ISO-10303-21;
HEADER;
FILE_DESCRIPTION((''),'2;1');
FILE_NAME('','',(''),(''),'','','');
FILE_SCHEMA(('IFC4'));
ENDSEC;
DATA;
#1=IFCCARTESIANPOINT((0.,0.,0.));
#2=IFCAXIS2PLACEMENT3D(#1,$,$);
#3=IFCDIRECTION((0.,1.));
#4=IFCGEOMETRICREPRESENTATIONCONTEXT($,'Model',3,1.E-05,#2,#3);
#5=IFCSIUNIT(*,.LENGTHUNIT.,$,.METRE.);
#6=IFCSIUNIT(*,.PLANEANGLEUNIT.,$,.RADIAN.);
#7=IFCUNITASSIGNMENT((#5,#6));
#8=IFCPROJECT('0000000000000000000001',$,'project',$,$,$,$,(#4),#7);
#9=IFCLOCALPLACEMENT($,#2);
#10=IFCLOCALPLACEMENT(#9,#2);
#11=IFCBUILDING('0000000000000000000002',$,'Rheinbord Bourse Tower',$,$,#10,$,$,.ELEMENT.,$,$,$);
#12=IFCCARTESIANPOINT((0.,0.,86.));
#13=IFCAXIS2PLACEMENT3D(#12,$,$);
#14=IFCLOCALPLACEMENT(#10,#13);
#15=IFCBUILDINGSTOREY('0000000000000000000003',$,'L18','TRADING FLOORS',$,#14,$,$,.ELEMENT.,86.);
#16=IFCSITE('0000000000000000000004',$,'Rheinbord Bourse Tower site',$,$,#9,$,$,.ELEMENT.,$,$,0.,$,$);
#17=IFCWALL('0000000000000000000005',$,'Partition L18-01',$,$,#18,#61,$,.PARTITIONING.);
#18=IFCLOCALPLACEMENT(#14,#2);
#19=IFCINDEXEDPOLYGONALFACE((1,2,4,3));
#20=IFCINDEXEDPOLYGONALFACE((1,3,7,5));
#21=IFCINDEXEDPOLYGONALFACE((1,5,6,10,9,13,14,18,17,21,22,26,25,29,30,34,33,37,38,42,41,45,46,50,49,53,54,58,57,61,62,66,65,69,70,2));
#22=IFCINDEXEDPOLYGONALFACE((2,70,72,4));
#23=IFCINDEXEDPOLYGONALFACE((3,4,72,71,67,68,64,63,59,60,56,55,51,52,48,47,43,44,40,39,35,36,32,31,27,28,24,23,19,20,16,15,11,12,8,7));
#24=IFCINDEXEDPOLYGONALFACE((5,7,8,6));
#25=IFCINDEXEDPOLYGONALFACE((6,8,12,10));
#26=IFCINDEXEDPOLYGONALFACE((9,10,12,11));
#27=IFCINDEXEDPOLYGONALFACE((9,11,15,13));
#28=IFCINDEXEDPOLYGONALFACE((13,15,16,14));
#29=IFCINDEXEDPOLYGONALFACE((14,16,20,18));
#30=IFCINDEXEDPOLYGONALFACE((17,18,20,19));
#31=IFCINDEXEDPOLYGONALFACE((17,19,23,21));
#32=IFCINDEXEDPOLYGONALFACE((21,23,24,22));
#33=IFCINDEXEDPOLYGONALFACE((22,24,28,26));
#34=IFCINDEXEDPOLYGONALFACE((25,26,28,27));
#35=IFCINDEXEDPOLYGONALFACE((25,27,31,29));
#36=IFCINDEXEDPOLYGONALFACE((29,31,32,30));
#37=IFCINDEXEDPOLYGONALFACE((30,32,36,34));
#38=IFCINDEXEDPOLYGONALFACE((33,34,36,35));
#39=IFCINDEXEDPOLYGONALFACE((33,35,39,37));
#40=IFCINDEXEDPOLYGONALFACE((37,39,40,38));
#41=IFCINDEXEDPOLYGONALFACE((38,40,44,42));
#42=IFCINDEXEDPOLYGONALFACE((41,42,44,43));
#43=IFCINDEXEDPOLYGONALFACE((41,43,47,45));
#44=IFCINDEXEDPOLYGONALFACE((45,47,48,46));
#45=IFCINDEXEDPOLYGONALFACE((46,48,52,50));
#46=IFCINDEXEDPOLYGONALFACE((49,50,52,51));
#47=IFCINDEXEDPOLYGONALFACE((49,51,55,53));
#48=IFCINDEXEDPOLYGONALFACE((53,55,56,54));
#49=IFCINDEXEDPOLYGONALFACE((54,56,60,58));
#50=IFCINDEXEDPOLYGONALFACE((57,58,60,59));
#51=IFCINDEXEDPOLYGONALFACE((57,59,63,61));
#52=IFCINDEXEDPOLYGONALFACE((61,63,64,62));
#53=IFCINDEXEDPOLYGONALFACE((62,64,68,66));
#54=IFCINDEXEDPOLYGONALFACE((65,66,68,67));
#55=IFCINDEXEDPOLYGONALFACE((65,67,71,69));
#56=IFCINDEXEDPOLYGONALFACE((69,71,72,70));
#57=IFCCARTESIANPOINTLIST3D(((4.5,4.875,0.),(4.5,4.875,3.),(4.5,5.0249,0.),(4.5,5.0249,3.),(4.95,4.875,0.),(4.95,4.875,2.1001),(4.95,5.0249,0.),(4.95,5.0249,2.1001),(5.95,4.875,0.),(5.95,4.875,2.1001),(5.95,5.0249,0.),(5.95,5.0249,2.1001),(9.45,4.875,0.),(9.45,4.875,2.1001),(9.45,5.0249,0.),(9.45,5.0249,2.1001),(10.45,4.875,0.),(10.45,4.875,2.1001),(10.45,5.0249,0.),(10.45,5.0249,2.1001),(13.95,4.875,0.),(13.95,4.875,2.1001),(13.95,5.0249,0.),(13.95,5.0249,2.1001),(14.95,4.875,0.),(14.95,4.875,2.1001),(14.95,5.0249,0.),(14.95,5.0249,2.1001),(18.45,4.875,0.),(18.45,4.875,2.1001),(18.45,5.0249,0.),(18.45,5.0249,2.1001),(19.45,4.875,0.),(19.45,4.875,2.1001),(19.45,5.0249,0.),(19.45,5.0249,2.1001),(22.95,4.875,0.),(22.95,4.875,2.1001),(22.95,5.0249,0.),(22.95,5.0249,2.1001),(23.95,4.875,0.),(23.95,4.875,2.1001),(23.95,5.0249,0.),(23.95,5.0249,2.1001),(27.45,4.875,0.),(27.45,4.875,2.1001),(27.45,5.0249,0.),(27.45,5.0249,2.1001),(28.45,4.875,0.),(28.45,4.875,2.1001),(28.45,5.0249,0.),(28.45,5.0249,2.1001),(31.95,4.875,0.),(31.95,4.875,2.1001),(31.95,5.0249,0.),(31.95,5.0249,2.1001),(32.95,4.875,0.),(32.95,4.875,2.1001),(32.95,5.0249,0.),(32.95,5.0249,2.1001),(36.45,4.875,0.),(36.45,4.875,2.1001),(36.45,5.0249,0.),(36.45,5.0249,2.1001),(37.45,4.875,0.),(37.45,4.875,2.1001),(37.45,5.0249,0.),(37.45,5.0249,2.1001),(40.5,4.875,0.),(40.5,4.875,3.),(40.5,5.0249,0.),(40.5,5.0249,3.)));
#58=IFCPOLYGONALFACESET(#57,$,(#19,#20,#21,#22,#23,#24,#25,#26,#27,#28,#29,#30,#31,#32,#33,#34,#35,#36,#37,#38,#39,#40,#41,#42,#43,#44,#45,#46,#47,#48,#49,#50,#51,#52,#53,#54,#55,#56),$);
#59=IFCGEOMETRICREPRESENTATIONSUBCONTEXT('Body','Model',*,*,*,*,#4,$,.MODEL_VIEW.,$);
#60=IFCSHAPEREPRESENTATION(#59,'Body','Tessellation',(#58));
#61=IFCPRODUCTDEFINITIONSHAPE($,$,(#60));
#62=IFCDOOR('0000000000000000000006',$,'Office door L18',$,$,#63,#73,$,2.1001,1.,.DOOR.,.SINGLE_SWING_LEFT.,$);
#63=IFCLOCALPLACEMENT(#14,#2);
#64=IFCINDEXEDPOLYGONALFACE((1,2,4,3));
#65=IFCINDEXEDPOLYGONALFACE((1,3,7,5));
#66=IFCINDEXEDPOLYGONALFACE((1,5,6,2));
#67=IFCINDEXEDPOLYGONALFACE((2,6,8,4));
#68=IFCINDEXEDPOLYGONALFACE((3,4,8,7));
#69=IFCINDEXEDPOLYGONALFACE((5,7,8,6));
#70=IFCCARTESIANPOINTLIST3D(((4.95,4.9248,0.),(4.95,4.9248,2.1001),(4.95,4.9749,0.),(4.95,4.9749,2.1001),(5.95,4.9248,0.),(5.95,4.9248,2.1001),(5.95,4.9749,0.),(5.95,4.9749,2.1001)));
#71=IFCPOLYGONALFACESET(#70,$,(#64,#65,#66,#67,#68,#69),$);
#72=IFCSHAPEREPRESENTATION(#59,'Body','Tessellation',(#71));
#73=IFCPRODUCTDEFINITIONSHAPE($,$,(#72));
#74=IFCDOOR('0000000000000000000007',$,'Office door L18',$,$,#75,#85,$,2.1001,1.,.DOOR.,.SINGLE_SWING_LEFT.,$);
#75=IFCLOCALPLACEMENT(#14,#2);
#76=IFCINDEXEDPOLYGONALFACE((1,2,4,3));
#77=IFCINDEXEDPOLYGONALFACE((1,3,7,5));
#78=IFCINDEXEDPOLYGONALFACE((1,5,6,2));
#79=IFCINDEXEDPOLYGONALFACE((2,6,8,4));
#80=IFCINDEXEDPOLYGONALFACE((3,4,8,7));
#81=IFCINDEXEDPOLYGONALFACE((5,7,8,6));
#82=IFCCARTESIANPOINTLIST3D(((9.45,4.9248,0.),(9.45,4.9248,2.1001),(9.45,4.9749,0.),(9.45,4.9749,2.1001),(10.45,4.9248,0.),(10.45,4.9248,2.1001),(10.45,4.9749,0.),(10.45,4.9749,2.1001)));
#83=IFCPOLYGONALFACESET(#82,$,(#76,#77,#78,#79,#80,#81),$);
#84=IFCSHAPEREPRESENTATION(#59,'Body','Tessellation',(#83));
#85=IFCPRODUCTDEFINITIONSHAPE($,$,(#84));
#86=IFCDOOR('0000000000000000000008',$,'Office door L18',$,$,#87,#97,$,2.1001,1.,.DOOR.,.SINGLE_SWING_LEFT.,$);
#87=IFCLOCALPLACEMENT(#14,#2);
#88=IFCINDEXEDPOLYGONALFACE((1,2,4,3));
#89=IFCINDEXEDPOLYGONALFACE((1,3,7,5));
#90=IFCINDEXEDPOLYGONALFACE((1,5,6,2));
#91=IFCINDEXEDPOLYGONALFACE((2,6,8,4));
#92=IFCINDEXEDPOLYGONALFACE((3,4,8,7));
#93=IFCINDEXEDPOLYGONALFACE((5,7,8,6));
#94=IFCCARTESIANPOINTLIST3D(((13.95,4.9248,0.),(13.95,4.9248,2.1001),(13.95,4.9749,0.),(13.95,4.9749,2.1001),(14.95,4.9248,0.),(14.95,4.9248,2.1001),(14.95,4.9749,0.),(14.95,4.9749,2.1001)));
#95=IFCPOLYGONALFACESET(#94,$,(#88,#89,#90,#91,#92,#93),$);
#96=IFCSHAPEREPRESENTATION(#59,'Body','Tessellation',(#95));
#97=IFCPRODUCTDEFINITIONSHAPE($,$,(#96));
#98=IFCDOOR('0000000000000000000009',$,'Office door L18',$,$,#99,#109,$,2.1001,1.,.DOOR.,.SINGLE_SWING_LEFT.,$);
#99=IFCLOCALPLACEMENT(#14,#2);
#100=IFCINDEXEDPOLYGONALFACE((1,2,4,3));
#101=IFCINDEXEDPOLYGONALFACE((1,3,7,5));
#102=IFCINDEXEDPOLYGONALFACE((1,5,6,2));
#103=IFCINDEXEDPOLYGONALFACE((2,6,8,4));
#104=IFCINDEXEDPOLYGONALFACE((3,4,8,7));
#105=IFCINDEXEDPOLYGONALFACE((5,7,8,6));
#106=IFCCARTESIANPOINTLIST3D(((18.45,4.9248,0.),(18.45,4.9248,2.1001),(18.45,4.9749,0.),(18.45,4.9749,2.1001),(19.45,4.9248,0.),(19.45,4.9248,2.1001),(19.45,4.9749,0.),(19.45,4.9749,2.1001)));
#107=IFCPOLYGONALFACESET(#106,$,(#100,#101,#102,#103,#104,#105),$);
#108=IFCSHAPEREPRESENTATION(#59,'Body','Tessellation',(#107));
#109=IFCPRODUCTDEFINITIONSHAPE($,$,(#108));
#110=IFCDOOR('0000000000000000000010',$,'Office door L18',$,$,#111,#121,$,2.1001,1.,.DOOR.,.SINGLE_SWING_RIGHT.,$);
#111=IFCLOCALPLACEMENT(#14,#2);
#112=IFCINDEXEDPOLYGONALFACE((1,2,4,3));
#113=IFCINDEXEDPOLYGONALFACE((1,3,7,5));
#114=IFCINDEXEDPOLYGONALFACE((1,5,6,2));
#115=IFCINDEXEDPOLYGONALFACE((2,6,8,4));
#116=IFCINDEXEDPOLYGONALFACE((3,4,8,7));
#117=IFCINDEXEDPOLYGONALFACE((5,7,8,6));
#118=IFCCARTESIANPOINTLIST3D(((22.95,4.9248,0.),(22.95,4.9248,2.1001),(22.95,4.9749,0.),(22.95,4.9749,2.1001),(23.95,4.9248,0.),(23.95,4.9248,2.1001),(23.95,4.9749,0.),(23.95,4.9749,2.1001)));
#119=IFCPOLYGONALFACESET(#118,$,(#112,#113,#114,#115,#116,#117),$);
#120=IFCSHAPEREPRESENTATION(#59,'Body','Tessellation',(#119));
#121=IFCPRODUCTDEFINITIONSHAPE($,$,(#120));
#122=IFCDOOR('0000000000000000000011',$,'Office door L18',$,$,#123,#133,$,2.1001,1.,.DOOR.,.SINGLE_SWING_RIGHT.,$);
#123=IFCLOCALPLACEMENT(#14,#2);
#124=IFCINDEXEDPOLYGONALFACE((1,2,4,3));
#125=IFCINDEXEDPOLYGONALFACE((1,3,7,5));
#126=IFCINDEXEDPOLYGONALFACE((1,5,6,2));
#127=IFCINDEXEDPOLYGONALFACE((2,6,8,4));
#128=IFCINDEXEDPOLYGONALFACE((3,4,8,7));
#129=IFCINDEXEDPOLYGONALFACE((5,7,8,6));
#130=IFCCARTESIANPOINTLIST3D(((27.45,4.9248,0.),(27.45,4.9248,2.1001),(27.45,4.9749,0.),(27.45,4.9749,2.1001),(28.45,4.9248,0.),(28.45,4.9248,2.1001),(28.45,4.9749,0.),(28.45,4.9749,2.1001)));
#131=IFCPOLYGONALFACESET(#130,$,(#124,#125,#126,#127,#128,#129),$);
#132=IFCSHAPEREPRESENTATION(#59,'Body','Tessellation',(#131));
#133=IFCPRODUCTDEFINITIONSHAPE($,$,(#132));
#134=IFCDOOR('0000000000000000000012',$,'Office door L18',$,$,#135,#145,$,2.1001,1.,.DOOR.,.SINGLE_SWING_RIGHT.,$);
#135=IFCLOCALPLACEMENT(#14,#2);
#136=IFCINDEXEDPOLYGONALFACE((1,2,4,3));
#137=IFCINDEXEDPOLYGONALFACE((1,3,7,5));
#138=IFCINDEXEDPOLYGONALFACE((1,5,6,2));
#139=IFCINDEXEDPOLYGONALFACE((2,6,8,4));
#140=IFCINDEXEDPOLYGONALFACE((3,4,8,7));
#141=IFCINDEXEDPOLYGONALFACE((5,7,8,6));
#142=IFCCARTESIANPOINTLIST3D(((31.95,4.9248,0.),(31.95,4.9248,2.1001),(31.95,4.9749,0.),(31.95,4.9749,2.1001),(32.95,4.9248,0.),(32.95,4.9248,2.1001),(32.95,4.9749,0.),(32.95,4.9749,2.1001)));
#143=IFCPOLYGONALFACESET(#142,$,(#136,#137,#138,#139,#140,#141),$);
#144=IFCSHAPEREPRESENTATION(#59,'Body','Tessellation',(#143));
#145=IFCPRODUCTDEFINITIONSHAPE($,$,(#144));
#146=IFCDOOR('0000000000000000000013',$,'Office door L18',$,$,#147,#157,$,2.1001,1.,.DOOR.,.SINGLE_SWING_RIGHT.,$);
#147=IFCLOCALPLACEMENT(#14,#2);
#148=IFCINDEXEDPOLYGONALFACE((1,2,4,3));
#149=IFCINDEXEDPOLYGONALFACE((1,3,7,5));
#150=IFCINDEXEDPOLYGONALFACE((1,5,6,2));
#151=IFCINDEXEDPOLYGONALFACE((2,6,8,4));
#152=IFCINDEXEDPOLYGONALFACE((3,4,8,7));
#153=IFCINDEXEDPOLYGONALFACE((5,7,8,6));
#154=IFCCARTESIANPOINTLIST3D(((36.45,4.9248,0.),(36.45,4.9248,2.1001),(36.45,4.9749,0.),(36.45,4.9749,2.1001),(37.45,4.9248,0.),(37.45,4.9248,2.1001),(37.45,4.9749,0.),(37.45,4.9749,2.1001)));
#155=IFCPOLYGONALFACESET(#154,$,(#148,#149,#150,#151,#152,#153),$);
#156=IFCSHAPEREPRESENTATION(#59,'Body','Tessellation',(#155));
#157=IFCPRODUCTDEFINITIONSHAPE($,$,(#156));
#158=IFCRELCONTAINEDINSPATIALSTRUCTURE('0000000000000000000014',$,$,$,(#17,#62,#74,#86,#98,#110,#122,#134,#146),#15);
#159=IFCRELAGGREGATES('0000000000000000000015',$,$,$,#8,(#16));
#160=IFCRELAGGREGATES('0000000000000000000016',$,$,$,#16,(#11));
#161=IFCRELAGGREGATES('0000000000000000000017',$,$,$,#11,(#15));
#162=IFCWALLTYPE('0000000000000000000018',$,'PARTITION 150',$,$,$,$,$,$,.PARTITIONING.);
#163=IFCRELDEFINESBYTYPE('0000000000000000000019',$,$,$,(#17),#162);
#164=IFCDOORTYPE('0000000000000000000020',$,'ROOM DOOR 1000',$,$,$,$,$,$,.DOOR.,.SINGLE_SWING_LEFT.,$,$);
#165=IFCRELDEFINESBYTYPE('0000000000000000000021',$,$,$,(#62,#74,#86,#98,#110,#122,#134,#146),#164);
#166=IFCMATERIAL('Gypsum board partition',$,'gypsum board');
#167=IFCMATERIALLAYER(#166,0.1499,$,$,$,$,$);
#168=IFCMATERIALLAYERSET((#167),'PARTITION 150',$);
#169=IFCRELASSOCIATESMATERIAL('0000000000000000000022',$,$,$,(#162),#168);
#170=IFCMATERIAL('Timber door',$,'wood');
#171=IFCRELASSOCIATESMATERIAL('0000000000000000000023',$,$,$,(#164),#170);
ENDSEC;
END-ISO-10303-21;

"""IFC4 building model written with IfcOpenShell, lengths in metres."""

from ifc_helpers import new_model, si_unit, direction, frame, frame_2d, origin, place, context, subcontext, project, spatial, rectangle, extrude, material, layer, layer_set, type_object, element, fill, save


model = new_model("IFC4")

# Units and contexts
model_context = context("Model", 3, precision=1e-05, world=origin(), true_north=direction((0.0, 1.0)))
body_context = subcontext(model_context, "Body", "Model", "MODEL_VIEW")
ifc_project = project(units=[si_unit("LENGTHUNIT", "METRE"), si_unit("PLANEANGLEUNIT", "RADIAN")], contexts=[model_context])

# Site, building, storey
site_placement = place(None, origin())
site = spatial("IfcSite", under=ifc_project, at=site_placement, Name="Rheinbord Bourse Tower site", CompositionType="ELEMENT", RefElevation=0.0)
building_placement = place(site_placement, origin())
building = spatial("IfcBuilding", under=site, at=building_placement, Name="Rheinbord Bourse Tower", CompositionType="ELEMENT")
storey_placement = place(building_placement, frame((0.0, 0.0, 86.0)))
storey = spatial("IfcBuildingStorey", under=building, at=storey_placement, Name="L18", Description="TRADING FLOORS", CompositionType="ELEMENT", Elevation=86.0)

# Wall, openings, doors
ifc_material_1 = material(Name="Gypsum board partition", Category="gypsum board")
ifc_layer_1 = layer(ifc_material_1, 0.1499)
ifc_layer_set_1 = layer_set([ifc_layer_1], Name="PARTITION 150")
wall_type = type_object("IfcWallType", Name="PARTITION 150", PredefinedType="PARTITIONING", material=ifc_layer_set_1)
wall_placement = place(storey_placement, frame((4.5, 4.95, 0.0), z_axis=(0.0, 0.0, 1.0), x_axis=(1.0, 0.0, 0.0)))
wall = element("IfcWall", 1, at=wall_placement, inside=storey, type_object=wall_type, Name="Partition L18-01", PredefinedType="PARTITIONING", context=body_context, shape_type="SweptSolid", body=[
    extrude(rectangle(XDim=36.0, YDim=0.1499, at=frame_2d((18.0, 0.0))), origin(), (0.0, 0.0, 1.0), 3.0),
])
opening_1_placement = place(wall_placement, frame((0.45, 0.0, 0.0)))
opening_1 = element("IfcOpeningElement", 2, at=opening_1_placement, cuts=wall, PredefinedType="OPENING", context=body_context, shape_type="SweptSolid", body=[
    extrude(rectangle(XDim=1.0, YDim=2.1001, at=frame_2d((0.5, 1.05))), frame((0.0, 0.085, 0.0), z_axis=(0.0, -1.0, 0.0), x_axis=(1.0, 0.0, 0.0)), (0.0, 0.0, 1.0), 0.1699),
])
opening_2_placement = place(wall_placement, frame((4.95, 0.0, 0.0)))
opening_2 = element("IfcOpeningElement", 3, at=opening_2_placement, cuts=wall, PredefinedType="OPENING", context=body_context, shape_type="SweptSolid", body=[
    extrude(rectangle(XDim=1.0, YDim=2.1001, at=frame_2d((0.5, 1.05))), frame((0.0, 0.085, 0.0), z_axis=(0.0, -1.0, 0.0), x_axis=(1.0, 0.0, 0.0)), (0.0, 0.0, 1.0), 0.1699),
])
opening_3_placement = place(wall_placement, frame((9.45, 0.0, 0.0)))
opening_3 = element("IfcOpeningElement", 4, at=opening_3_placement, cuts=wall, PredefinedType="OPENING", context=body_context, shape_type="SweptSolid", body=[
    extrude(rectangle(XDim=1.0, YDim=2.1001, at=frame_2d((0.5, 1.05))), frame((0.0, 0.085, 0.0), z_axis=(0.0, -1.0, 0.0), x_axis=(1.0, 0.0, 0.0)), (0.0, 0.0, 1.0), 0.1699),
])
opening_4_placement = place(wall_placement, frame((13.95, 0.0, 0.0)))
opening_4 = element("IfcOpeningElement", 5, at=opening_4_placement, cuts=wall, PredefinedType="OPENING", context=body_context, shape_type="SweptSolid", body=[
    extrude(rectangle(XDim=1.0, YDim=2.1001, at=frame_2d((0.5, 1.05))), frame((0.0, 0.085, 0.0), z_axis=(0.0, -1.0, 0.0), x_axis=(1.0, 0.0, 0.0)), (0.0, 0.0, 1.0), 0.1699),
])
opening_5_placement = place(wall_placement, frame((18.45, 0.0, 0.0)))
opening_5 = element("IfcOpeningElement", 6, at=opening_5_placement, cuts=wall, PredefinedType="OPENING", context=body_context, shape_type="SweptSolid", body=[
    extrude(rectangle(XDim=1.0, YDim=2.1001, at=frame_2d((0.5, 1.05))), frame((0.0, 0.085, 0.0), z_axis=(0.0, -1.0, 0.0), x_axis=(1.0, 0.0, 0.0)), (0.0, 0.0, 1.0), 0.1699),
])
opening_6_placement = place(wall_placement, frame((22.95, 0.0, 0.0)))
opening_6 = element("IfcOpeningElement", 7, at=opening_6_placement, cuts=wall, PredefinedType="OPENING", context=body_context, shape_type="SweptSolid", body=[
    extrude(rectangle(XDim=1.0, YDim=2.1001, at=frame_2d((0.5, 1.05))), frame((0.0, 0.085, 0.0), z_axis=(0.0, -1.0, 0.0), x_axis=(1.0, 0.0, 0.0)), (0.0, 0.0, 1.0), 0.1699),
])
opening_7_placement = place(wall_placement, frame((27.45, 0.0, 0.0)))
opening_7 = element("IfcOpeningElement", 8, at=opening_7_placement, cuts=wall, PredefinedType="OPENING", context=body_context, shape_type="SweptSolid", body=[
    extrude(rectangle(XDim=1.0, YDim=2.1001, at=frame_2d((0.5, 1.05))), frame((0.0, 0.085, 0.0), z_axis=(0.0, -1.0, 0.0), x_axis=(1.0, 0.0, 0.0)), (0.0, 0.0, 1.0), 0.1699),
])
opening_8_placement = place(wall_placement, frame((31.95, 0.0, 0.0)))
opening_8 = element("IfcOpeningElement", 9, at=opening_8_placement, cuts=wall, PredefinedType="OPENING", context=body_context, shape_type="SweptSolid", body=[
    extrude(rectangle(XDim=1.0, YDim=2.1001, at=frame_2d((0.5, 1.05))), frame((0.0, 0.085, 0.0), z_axis=(0.0, -1.0, 0.0), x_axis=(1.0, 0.0, 0.0)), (0.0, 0.0, 1.0), 0.1699),
])
ifc_material_2 = material(Name="Timber door", Category="wood")
door_type = type_object("IfcDoorType", Name="ROOM DOOR 1000", OperationType="SINGLE_SWING_LEFT", PredefinedType="DOOR", material=ifc_material_2)
door_1_placement = place(opening_1_placement, origin())
door_1 = element("IfcDoor", 10, at=door_1_placement, inside=storey, type_object=door_type, Name="Office door L18", OperationType="SINGLE_SWING_LEFT", OverallHeight=2.1001, OverallWidth=1.0, PredefinedType="DOOR", context=body_context, shape_type="SweptSolid", body=[
    extrude(rectangle(XDim=1.0, YDim=2.1001, at=frame_2d((0.5, 1.05))), frame((0.0, 0.0249, 0.0), z_axis=(0.0, -1.0, 0.0), x_axis=(1.0, 0.0, 0.0)), (0.0, 0.0, 1.0), 0.05),
])
fill(opening_1, door_1)
door_2_placement = place(opening_2_placement, origin())
door_2 = element("IfcDoor", 11, at=door_2_placement, inside=storey, type_object=door_type, Name="Office door L18", OperationType="SINGLE_SWING_LEFT", OverallHeight=2.1001, OverallWidth=1.0, PredefinedType="DOOR", context=body_context, shape_type="SweptSolid", body=[
    extrude(rectangle(XDim=1.0, YDim=2.1001, at=frame_2d((0.5, 1.05))), frame((0.0, 0.0249, 0.0), z_axis=(0.0, -1.0, 0.0), x_axis=(1.0, 0.0, 0.0)), (0.0, 0.0, 1.0), 0.05),
])
fill(opening_2, door_2)
door_3_placement = place(opening_3_placement, origin())
door_3 = element("IfcDoor", 12, at=door_3_placement, inside=storey, type_object=door_type, Name="Office door L18", OperationType="SINGLE_SWING_LEFT", OverallHeight=2.1001, OverallWidth=1.0, PredefinedType="DOOR", context=body_context, shape_type="SweptSolid", body=[
    extrude(rectangle(XDim=1.0, YDim=2.1001, at=frame_2d((0.5, 1.05))), frame((0.0, 0.0249, 0.0), z_axis=(0.0, -1.0, 0.0), x_axis=(1.0, 0.0, 0.0)), (0.0, 0.0, 1.0), 0.05),
])
fill(opening_3, door_3)
door_4_placement = place(opening_4_placement, origin())
door_4 = element("IfcDoor", 13, at=door_4_placement, inside=storey, type_object=door_type, Name="Office door L18", OperationType="SINGLE_SWING_LEFT", OverallHeight=2.1001, OverallWidth=1.0, PredefinedType="DOOR", context=body_context, shape_type="SweptSolid", body=[
    extrude(rectangle(XDim=1.0, YDim=2.1001, at=frame_2d((0.5, 1.05))), frame((0.0, 0.0249, 0.0), z_axis=(0.0, -1.0, 0.0), x_axis=(1.0, 0.0, 0.0)), (0.0, 0.0, 1.0), 0.05),
])
fill(opening_4, door_4)
door_5_placement = place(opening_5_placement, origin())
door_5 = element("IfcDoor", 14, at=door_5_placement, inside=storey, type_object=door_type, Name="Office door L18", OperationType="SINGLE_SWING_RIGHT", OverallHeight=2.1001, OverallWidth=1.0, PredefinedType="DOOR", context=body_context, shape_type="SweptSolid", body=[
    extrude(rectangle(XDim=1.0, YDim=2.1001, at=frame_2d((0.5, 1.05))), frame((0.0, 0.0249, 0.0), z_axis=(0.0, -1.0, 0.0), x_axis=(1.0, 0.0, 0.0)), (0.0, 0.0, 1.0), 0.05),
])
fill(opening_5, door_5)
door_6_placement = place(opening_6_placement, origin())
door_6 = element("IfcDoor", 15, at=door_6_placement, inside=storey, type_object=door_type, Name="Office door L18", OperationType="SINGLE_SWING_RIGHT", OverallHeight=2.1001, OverallWidth=1.0, PredefinedType="DOOR", context=body_context, shape_type="SweptSolid", body=[
    extrude(rectangle(XDim=1.0, YDim=2.1001, at=frame_2d((0.5, 1.05))), frame((0.0, 0.0249, 0.0), z_axis=(0.0, -1.0, 0.0), x_axis=(1.0, 0.0, 0.0)), (0.0, 0.0, 1.0), 0.05),
])
fill(opening_6, door_6)
door_7_placement = place(opening_7_placement, origin())
door_7 = element("IfcDoor", 16, at=door_7_placement, inside=storey, type_object=door_type, Name="Office door L18", OperationType="SINGLE_SWING_RIGHT", OverallHeight=2.1001, OverallWidth=1.0, PredefinedType="DOOR", context=body_context, shape_type="SweptSolid", body=[
    extrude(rectangle(XDim=1.0, YDim=2.1001, at=frame_2d((0.5, 1.05))), frame((0.0, 0.0249, 0.0), z_axis=(0.0, -1.0, 0.0), x_axis=(1.0, 0.0, 0.0)), (0.0, 0.0, 1.0), 0.05),
])
fill(opening_7, door_7)
door_8_placement = place(opening_8_placement, origin())
door_8 = element("IfcDoor", 17, at=door_8_placement, inside=storey, type_object=door_type, Name="Office door L18", OperationType="SINGLE_SWING_RIGHT", OverallHeight=2.1001, OverallWidth=1.0, PredefinedType="DOOR", context=body_context, shape_type="SweptSolid", body=[
    extrude(rectangle(XDim=1.0, YDim=2.1001, at=frame_2d((0.5, 1.05))), frame((0.0, 0.0249, 0.0), z_axis=(0.0, -1.0, 0.0), x_axis=(1.0, 0.0, 0.0)), (0.0, 0.0, 1.0), 0.05),
])
fill(opening_8, door_8)

save(model, "model.ifc")
